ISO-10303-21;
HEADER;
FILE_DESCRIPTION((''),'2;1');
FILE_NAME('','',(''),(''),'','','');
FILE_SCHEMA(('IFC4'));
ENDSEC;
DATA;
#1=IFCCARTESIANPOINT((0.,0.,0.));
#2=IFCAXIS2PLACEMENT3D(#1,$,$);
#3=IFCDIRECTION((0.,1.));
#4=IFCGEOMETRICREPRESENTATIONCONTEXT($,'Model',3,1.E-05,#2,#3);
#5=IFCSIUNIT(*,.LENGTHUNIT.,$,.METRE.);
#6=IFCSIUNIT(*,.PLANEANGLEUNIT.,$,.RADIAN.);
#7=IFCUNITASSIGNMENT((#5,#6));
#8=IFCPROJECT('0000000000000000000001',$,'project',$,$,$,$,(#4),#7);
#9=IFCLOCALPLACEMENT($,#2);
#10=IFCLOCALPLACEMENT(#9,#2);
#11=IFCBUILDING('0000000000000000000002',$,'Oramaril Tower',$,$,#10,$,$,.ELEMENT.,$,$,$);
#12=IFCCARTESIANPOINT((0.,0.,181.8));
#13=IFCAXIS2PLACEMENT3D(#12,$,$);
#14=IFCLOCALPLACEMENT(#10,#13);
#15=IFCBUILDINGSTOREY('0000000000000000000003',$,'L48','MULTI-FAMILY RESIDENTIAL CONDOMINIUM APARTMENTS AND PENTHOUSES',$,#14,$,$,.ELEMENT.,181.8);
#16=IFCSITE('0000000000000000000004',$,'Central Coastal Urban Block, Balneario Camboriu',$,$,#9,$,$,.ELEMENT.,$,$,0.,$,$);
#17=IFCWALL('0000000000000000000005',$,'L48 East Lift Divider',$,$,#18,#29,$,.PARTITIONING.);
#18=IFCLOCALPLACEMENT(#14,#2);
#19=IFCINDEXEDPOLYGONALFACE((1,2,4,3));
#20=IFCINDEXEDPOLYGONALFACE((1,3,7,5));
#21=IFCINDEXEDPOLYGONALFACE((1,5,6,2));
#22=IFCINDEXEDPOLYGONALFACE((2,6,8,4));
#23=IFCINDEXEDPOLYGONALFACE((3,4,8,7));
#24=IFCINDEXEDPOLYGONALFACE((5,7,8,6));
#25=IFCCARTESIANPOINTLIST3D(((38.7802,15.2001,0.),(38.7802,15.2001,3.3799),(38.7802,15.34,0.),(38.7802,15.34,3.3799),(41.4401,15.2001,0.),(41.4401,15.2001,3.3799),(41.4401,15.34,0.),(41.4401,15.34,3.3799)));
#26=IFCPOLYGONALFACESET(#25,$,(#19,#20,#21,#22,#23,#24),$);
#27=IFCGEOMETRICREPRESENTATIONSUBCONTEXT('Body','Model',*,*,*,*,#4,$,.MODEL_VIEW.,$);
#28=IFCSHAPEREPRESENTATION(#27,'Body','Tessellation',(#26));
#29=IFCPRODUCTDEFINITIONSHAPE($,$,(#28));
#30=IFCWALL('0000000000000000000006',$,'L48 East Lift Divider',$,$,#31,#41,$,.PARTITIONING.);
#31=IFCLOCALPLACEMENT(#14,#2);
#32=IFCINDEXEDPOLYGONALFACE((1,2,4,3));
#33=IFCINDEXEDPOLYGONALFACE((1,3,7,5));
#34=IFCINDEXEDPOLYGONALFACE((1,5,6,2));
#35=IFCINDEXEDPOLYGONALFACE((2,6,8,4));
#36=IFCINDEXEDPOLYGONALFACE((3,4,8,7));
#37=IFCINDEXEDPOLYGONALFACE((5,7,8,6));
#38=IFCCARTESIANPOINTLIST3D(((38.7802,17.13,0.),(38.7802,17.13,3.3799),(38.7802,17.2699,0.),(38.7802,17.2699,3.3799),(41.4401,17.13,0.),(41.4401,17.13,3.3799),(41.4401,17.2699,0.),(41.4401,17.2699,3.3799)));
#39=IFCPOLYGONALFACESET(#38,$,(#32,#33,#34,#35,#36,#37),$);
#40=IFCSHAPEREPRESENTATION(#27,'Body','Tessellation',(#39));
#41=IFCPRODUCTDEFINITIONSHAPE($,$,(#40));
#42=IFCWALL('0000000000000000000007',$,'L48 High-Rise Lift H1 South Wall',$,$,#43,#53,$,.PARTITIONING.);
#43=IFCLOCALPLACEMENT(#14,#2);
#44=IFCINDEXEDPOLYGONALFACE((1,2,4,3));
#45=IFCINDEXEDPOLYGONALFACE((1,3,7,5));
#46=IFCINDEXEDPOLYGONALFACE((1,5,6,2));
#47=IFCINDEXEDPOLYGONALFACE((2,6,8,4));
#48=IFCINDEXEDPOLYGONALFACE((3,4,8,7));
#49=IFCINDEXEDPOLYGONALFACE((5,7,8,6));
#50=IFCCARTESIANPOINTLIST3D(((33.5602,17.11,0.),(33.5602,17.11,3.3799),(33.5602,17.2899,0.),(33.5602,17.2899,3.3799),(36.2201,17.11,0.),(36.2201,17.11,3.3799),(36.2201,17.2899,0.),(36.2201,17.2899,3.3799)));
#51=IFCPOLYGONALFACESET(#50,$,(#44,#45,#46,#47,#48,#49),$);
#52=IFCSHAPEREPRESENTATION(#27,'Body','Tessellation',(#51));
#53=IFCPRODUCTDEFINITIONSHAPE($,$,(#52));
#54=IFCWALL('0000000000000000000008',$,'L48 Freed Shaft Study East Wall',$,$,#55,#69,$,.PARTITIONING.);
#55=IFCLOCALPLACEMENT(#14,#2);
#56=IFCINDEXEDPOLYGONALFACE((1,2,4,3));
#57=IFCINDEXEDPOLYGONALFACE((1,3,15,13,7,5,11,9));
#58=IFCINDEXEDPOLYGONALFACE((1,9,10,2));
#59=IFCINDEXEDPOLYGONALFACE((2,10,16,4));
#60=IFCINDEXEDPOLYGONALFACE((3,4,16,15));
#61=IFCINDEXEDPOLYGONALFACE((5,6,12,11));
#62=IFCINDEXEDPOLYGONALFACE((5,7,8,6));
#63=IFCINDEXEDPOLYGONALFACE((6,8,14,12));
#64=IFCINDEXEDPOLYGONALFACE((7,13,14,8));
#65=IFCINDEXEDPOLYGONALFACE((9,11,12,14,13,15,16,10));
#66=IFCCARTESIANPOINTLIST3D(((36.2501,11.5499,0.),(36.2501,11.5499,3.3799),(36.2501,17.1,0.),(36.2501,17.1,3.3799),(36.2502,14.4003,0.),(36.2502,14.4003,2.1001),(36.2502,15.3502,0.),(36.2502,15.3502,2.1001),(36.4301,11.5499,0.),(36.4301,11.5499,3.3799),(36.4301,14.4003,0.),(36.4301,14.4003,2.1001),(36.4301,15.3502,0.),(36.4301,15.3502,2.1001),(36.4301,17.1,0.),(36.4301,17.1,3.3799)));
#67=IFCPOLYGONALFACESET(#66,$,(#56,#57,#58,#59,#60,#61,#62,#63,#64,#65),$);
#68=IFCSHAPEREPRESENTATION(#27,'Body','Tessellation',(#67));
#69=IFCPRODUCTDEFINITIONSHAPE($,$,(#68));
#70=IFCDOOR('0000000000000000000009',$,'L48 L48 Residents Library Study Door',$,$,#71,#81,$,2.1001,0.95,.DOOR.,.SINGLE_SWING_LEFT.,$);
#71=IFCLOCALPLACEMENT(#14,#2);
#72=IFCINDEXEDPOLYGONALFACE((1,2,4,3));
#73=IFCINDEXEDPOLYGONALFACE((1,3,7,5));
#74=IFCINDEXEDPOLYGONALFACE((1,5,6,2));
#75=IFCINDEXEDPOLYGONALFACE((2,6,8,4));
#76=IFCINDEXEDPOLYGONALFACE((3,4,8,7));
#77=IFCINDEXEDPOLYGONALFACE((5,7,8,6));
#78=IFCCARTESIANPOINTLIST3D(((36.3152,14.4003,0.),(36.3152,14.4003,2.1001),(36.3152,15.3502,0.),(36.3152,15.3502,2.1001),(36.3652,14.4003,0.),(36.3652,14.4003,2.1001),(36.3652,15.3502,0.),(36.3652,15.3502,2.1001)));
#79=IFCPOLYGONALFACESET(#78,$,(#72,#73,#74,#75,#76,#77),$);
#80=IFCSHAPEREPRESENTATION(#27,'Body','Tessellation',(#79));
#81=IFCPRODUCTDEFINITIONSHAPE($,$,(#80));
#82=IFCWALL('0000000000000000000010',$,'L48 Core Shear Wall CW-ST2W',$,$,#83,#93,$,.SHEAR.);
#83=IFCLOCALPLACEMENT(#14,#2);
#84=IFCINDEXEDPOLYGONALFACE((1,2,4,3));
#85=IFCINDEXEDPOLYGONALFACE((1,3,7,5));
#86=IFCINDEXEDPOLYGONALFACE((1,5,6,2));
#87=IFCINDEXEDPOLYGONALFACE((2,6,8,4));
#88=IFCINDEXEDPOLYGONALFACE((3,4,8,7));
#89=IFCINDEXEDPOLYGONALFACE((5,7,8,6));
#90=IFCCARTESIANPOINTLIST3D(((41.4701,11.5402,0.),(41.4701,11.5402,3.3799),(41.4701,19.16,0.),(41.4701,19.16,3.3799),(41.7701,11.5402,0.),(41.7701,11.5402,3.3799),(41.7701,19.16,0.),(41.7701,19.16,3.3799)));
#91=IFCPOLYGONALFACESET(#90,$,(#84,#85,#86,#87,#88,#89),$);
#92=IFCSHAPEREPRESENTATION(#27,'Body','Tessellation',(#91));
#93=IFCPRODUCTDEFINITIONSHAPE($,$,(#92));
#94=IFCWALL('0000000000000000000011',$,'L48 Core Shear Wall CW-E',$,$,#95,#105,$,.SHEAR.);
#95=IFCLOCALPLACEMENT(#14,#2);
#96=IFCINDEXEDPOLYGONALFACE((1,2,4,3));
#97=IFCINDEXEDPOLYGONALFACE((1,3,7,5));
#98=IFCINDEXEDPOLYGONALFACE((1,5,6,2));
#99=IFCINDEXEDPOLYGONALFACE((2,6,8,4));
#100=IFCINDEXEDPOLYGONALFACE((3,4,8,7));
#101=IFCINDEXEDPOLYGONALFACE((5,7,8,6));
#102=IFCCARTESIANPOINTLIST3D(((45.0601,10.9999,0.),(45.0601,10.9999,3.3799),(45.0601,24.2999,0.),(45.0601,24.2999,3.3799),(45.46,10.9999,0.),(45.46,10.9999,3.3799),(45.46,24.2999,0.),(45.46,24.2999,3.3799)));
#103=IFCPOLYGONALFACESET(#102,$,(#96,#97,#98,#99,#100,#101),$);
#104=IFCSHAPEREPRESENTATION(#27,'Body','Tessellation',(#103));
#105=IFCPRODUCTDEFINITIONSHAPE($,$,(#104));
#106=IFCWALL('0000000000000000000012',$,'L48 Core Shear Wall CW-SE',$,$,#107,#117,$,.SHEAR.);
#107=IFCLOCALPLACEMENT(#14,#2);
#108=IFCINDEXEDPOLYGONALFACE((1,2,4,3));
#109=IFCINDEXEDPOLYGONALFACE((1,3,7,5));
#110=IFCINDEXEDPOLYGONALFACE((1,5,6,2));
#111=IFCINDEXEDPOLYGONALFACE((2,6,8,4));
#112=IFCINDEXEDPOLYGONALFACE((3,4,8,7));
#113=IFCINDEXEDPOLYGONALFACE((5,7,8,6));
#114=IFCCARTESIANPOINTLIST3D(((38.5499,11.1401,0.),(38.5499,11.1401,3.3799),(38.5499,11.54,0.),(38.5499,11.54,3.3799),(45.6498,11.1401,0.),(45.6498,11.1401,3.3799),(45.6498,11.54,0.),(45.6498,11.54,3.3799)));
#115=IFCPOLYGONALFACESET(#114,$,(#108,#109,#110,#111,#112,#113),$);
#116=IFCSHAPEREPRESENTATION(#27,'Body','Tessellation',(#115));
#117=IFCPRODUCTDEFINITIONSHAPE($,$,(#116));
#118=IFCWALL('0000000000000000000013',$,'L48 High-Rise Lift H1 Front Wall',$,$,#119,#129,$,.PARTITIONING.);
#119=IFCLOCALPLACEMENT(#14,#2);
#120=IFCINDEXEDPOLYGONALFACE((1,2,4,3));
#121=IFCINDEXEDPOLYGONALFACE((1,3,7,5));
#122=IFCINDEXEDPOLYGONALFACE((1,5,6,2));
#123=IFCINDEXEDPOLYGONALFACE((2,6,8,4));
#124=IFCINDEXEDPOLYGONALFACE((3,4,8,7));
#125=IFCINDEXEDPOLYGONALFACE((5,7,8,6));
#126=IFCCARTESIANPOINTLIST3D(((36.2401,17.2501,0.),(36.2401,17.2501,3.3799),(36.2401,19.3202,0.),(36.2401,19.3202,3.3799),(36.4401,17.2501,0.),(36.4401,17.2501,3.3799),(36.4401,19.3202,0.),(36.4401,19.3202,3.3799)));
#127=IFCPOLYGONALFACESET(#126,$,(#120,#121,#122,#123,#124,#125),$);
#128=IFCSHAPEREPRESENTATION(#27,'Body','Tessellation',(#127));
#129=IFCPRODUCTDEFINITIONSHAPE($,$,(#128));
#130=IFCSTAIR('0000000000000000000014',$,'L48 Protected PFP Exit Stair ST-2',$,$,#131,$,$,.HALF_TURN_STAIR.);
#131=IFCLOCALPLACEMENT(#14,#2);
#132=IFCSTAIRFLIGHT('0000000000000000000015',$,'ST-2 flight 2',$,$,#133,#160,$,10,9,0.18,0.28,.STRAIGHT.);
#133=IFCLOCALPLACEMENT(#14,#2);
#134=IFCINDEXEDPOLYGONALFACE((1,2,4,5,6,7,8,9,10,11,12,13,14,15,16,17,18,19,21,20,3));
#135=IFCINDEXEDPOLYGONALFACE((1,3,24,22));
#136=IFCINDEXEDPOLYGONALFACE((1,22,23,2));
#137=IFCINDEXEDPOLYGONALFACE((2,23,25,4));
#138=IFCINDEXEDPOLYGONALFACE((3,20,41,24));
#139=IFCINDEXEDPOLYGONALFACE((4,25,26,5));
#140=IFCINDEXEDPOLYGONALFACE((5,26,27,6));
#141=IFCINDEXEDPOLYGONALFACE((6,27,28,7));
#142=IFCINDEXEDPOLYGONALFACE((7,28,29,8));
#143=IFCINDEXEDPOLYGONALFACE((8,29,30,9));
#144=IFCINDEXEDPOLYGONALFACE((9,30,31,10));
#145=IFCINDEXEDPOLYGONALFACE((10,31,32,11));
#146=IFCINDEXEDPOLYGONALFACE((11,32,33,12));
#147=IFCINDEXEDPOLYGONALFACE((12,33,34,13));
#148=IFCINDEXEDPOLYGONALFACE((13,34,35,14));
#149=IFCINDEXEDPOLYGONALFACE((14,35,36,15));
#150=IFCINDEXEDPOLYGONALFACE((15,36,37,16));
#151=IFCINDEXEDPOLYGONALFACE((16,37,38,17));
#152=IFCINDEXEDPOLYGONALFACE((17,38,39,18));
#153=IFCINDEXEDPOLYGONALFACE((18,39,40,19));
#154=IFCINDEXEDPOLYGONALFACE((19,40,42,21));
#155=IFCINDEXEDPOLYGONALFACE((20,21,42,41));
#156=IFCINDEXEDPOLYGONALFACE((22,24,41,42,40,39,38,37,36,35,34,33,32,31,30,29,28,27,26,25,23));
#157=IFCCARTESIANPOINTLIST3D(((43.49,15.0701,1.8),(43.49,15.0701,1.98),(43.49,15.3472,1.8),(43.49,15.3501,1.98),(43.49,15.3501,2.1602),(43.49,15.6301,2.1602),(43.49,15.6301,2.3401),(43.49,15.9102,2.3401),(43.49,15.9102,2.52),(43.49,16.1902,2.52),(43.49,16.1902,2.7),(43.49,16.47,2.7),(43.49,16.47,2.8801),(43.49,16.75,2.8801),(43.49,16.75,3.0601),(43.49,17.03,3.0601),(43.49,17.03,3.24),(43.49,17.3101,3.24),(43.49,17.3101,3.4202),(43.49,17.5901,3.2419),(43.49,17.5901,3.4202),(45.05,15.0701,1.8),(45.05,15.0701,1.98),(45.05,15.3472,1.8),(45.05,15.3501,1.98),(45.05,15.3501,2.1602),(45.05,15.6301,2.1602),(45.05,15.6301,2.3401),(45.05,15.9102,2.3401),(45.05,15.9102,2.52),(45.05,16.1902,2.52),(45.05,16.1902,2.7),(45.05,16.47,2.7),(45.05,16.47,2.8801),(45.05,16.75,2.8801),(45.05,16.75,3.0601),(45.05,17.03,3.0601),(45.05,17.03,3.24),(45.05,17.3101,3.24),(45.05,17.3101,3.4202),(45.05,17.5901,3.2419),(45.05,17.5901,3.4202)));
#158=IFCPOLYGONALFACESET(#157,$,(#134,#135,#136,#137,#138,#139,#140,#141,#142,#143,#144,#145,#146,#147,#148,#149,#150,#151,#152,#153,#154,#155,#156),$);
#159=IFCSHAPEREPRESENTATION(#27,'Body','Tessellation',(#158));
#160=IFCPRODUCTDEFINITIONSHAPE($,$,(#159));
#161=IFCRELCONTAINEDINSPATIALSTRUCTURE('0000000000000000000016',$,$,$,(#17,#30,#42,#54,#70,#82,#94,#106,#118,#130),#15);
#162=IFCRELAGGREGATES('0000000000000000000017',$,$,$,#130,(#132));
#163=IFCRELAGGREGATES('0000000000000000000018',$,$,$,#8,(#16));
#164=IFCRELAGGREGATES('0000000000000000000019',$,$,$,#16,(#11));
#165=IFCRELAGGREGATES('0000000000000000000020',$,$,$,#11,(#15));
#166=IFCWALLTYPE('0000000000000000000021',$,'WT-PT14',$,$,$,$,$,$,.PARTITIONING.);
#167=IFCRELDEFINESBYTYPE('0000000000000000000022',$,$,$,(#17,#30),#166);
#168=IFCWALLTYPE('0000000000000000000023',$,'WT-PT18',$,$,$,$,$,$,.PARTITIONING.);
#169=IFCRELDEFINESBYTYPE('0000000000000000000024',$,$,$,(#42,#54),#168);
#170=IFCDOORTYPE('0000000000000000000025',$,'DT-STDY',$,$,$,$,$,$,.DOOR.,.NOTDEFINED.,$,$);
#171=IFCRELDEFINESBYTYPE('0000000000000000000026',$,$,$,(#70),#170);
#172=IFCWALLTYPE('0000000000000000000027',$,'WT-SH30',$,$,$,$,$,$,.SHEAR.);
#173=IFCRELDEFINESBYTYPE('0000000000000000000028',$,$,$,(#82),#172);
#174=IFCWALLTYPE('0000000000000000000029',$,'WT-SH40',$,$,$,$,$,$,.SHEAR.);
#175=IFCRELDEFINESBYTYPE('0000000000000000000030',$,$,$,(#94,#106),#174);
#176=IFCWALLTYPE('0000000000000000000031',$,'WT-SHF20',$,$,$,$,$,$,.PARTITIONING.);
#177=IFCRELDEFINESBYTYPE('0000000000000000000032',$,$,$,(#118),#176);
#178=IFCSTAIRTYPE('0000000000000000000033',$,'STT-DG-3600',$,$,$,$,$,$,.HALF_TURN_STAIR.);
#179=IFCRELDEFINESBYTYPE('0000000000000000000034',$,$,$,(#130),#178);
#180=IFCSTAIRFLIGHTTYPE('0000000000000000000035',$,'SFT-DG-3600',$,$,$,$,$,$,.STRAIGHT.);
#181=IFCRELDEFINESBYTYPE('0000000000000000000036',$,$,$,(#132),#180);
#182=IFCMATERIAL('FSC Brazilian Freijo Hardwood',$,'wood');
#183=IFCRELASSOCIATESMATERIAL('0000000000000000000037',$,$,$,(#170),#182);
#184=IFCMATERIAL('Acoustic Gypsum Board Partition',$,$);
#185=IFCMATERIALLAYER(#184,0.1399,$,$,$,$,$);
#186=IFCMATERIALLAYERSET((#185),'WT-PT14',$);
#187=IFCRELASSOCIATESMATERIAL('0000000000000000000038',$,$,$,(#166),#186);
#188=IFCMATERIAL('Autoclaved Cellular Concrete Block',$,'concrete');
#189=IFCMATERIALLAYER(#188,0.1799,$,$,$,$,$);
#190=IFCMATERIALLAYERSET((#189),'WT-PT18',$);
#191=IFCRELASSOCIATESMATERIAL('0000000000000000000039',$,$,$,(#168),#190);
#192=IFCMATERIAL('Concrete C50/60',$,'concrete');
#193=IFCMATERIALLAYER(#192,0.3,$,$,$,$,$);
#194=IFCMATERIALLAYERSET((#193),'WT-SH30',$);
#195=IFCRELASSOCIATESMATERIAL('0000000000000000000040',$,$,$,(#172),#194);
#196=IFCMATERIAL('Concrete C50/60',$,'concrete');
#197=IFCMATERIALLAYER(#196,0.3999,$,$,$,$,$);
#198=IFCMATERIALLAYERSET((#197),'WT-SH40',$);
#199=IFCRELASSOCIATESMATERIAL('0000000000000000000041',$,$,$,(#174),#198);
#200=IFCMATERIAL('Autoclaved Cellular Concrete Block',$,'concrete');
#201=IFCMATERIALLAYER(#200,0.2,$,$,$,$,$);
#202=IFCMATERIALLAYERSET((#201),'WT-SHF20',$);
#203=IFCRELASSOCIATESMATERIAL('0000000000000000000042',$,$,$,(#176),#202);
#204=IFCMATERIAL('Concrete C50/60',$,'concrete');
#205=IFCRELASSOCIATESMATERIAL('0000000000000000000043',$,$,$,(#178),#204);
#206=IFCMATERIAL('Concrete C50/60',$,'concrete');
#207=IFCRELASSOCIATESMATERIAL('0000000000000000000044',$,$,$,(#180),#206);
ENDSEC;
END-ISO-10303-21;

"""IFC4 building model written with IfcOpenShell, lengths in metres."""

from ifc_helpers import new_model, si_unit, direction, frame, frame_2d, origin, place, context, subcontext, project, spatial, polyline, rectangle, outline, extrude, material, layer, layer_set, type_object, element, fill, aggregate, save


model = new_model("IFC4")

# Units and contexts
model_context = context("Model", 3, precision=1e-05, world=origin(), true_north=direction((0.0, 1.0)))
body_context = subcontext(model_context, "Body", "Model", "MODEL_VIEW")
ifc_project = project(units=[si_unit("LENGTHUNIT", "METRE"), si_unit("PLANEANGLEUNIT", "RADIAN")], contexts=[model_context])

# Site, building, storey
site_placement = place(None, origin())
site = spatial("IfcSite", under=ifc_project, at=site_placement, Name="Central Coastal Urban Block, Balneario Camboriu", CompositionType="ELEMENT", RefElevation=0.0)
building_placement = place(site_placement, origin())
building = spatial("IfcBuilding", under=site, at=building_placement, Name="Oramaril Tower", CompositionType="ELEMENT")
storey_placement = place(building_placement, frame((0.0, 0.0, 181.8)))
storey = spatial("IfcBuildingStorey", under=building, at=storey_placement, Name="L48", Description="MULTI-FAMILY RESIDENTIAL CONDOMINIUM APARTMENTS AND PENTHOUSES", CompositionType="ELEMENT", Elevation=181.8)

# Shared definitions
ifc_material_1 = material(Name="FSC Brazilian Freijo Hardwood", Category="wood")
door_type_1 = type_object("IfcDoorType", Name="DT-STDY", OperationType="NOTDEFINED", PredefinedType="DOOR", material=ifc_material_1)

# Walls
ifc_material_2 = material(Name="Acoustic Gypsum Board Partition")
ifc_layer_1 = layer(ifc_material_2, 0.1399)
ifc_layer_set_1 = layer_set([ifc_layer_1], Name="WT-PT14")
wall_type_1 = type_object("IfcWallType", Name="WT-PT14", PredefinedType="PARTITIONING", material=ifc_layer_set_1)
for number, where, z_axis, x_axis, name in (
    (1, (38.78, 15.27, 0.0), (0.0, 0.0, 1.0), (1.0, 0.0, 0.0), "L48 East Lift Divider"),
    (2, (38.78, 17.2, 0.0), (0.0, 0.0, 1.0), (1.0, 0.0, 0.0), "L48 East Lift Divider"),
):
    element("IfcWall", number, at=place(storey_placement, frame(where, z_axis=z_axis, x_axis=x_axis)), inside=storey, type_object=wall_type_1, Name=name, PredefinedType="PARTITIONING", context=body_context, shape_type="SweptSolid", body=[
        extrude(rectangle(XDim=2.6599, YDim=0.1399, at=frame_2d((1.3301, 0.0))), origin(), (0.0, 0.0, 1.0), 3.3799),
    ])
ifc_material_3 = material(Name="Autoclaved Cellular Concrete Block", Category="concrete")
ifc_layer_2 = layer(ifc_material_3, 0.1799)
ifc_layer_set_2 = layer_set([ifc_layer_2], Name="WT-PT18")
wall_type_2 = type_object("IfcWallType", Name="WT-PT18", PredefinedType="PARTITIONING", material=ifc_layer_set_2)
wall_1_placement = place(storey_placement, frame((33.5601, 17.2, 0.0), z_axis=(0.0, 0.0, 1.0), x_axis=(1.0, 0.0, 0.0)))
element("IfcWall", 3, at=wall_1_placement, inside=storey, type_object=wall_type_2, Name="L48 High-Rise Lift H1 South Wall", PredefinedType="PARTITIONING", context=body_context, shape_type="SweptSolid", body=[
    extrude(rectangle(XDim=2.6599, YDim=0.1799, at=frame_2d((1.3301, 0.0))), origin(), (0.0, 0.0, 1.0), 3.3799),
])

# Wall, opening, door
wall_2_placement = place(storey_placement, frame((36.3401, 11.55, 0.0), z_axis=(0.0, 0.0, 1.0), x_axis=(0.0, 1.0, 0.0)))
wall_2 = element("IfcWall", 4, at=wall_2_placement, inside=storey, type_object=wall_type_2, Name="L48 Freed Shaft Study East Wall", PredefinedType="PARTITIONING", context=body_context, shape_type="SweptSolid", body=[
    extrude(rectangle(XDim=5.55, YDim=0.1799, at=frame_2d((2.7749, 0.0))), origin(), (0.0, 0.0, 1.0), 3.3799),
])
opening_1_placement = place(wall_2_placement, frame((2.8501, 0.0, 0.0)))
opening_1 = element("IfcOpeningElement", 5, at=opening_1_placement, cuts=wall_2, PredefinedType="OPENING", context=body_context, shape_type="SweptSolid", body=[
    extrude(rectangle(XDim=0.95, YDim=2.1001, at=frame_2d((0.4751, 1.05))), frame((0.0, 0.0898, 0.0), z_axis=(0.0, -1.0, 0.0), x_axis=(1.0, 0.0, 0.0)), (0.0, 0.0, 1.0), 0.1799),
])
door_1_placement = place(opening_1_placement, origin())
door_1 = element("IfcDoor", 6, at=door_1_placement, inside=storey, type_object=door_type_1, Name="L48 L48 Residents Library Study Door", OperationType="SINGLE_SWING_LEFT", OverallHeight=2.1001, OverallWidth=0.95, PredefinedType="DOOR", context=body_context, shape_type="SweptSolid", body=[
    extrude(rectangle(XDim=0.95, YDim=2.1001, at=frame_2d((0.4751, 1.05))), frame((0.0, 0.0249, 0.0), z_axis=(0.0, -1.0, 0.0), x_axis=(1.0, 0.0, 0.0)), (0.0, 0.0, 1.0), 0.05),
])
fill(opening_1, door_1)

# Walls
ifc_material_4 = material(Name="Concrete C50/60", Category="concrete")
ifc_layer_3 = layer(ifc_material_4, 0.3)
ifc_layer_set_3 = layer_set([ifc_layer_3], Name="WT-SH30")
wall_type_3 = type_object("IfcWallType", Name="WT-SH30", PredefinedType="SHEAR", material=ifc_layer_set_3)
wall_3_placement = place(storey_placement, frame((41.6201, 11.54, 0.0), z_axis=(0.0, 0.0, 1.0), x_axis=(0.0, 1.0, 0.0)))
element("IfcWall", 7, at=wall_3_placement, inside=storey, type_object=wall_type_3, Name="L48 Core Shear Wall CW-ST2W", PredefinedType="SHEAR", context=body_context, shape_type="SweptSolid", body=[
    extrude(rectangle(XDim=7.6199, YDim=0.3, at=frame_2d((3.8101, 0.0))), origin(), (0.0, 0.0, 1.0), 3.3799),
])
ifc_material_5 = material(Name="Concrete C50/60", Category="concrete")
ifc_layer_4 = layer(ifc_material_5, 0.3999)
ifc_layer_set_4 = layer_set([ifc_layer_4], Name="WT-SH40")
wall_type_4 = type_object("IfcWallType", Name="WT-SH40", PredefinedType="SHEAR", material=ifc_layer_set_4)
wall_4_placement = place(storey_placement, frame((45.26, 11.0, 0.0), z_axis=(0.0, 0.0, 1.0), x_axis=(0.0, 1.0, 0.0)))
element("IfcWall", 8, at=wall_4_placement, inside=storey, type_object=wall_type_4, Name="L48 Core Shear Wall CW-E", PredefinedType="SHEAR", context=body_context, shape_type="SweptSolid", body=[
    extrude(rectangle(XDim=13.3, YDim=0.3999, at=frame_2d((6.6499, 0.0))), origin(), (0.0, 0.0, 1.0), 3.3799),
])
wall_5_placement = place(storey_placement, frame((38.55, 11.3401, 0.0), z_axis=(0.0, 0.0, 1.0), x_axis=(1.0, 0.0, 0.0)))
element("IfcWall", 9, at=wall_5_placement, inside=storey, type_object=wall_type_4, Name="L48 Core Shear Wall CW-SE", PredefinedType="SHEAR", context=body_context, shape_type="SweptSolid", body=[
    extrude(rectangle(XDim=7.0999, YDim=0.3999, at=frame_2d((3.5498, 0.0))), origin(), (0.0, 0.0, 1.0), 3.3799),
])
ifc_material_6 = material(Name="Autoclaved Cellular Concrete Block", Category="concrete")
ifc_layer_5 = layer(ifc_material_6, 0.2)
ifc_layer_set_5 = layer_set([ifc_layer_5], Name="WT-SHF20")
wall_type_5 = type_object("IfcWallType", Name="WT-SHF20", PredefinedType="PARTITIONING", material=ifc_layer_set_5)
wall_6_placement = place(storey_placement, frame((36.3401, 17.25, 0.0), z_axis=(0.0, 0.0, 1.0), x_axis=(0.0, 1.0, 0.0)))
element("IfcWall", 10, at=wall_6_placement, inside=storey, type_object=wall_type_5, Name="L48 High-Rise Lift H1 Front Wall", PredefinedType="PARTITIONING", context=body_context, shape_type="SweptSolid", body=[
    extrude(rectangle(XDim=2.0701, YDim=0.2, at=frame_2d((1.0352, 0.0))), origin(), (0.0, 0.0, 1.0), 3.3799),
])

# Stair, stair flight
ifc_material_7 = material(Name="Concrete C50/60", Category="concrete")
stair_type = type_object("IfcStairType", Name="STT-DG-3600", PredefinedType="HALF_TURN_STAIR", material=ifc_material_7)
stair_placement = place(storey_placement, origin())
stair = element("IfcStair", 11, at=stair_placement, inside=storey, type_object=stair_type, Name="L48 Protected PFP Exit Stair ST-2", PredefinedType="HALF_TURN_STAIR")
ifc_material_8 = material(Name="Concrete C50/60", Category="concrete")
stair_flight_type = type_object("IfcStairFlightType", Name="SFT-DG-3600", PredefinedType="STRAIGHT", material=ifc_material_8)
stair_flight_placement = place(storey_placement, frame((44.27, 15.0701, 1.8), z_axis=(0.0, 0.0, 1.0), x_axis=(0.0, 1.0, 0.0)))
stair_flight = element("IfcStairFlight", 12, at=stair_flight_placement, type_object=stair_flight_type, Name="ST-2 flight 2", NumberOfRisers=10, NumberOfTreads=9, PredefinedType="STRAIGHT", RiserHeight=0.18, TreadLength=0.28, context=body_context, shape_type="SweptSolid", body=[
    extrude(outline(polyline([(0.0, 0.0), (0.0, 0.1799), (0.28, 0.1799), (0.28, 0.3601), (0.5601, 0.3601), (0.5601, 0.54), (0.8401, 0.54), (0.8401, 0.72), (1.1201, 0.72), (1.1201, 0.8999), (1.3999, 0.8999), (1.3999, 1.0801), (1.6799, 1.0801), (1.6799, 1.26), (1.96, 1.26), (1.96, 1.4399), (2.24, 1.4399), (2.24, 1.6201), (2.52, 1.6201), (2.52, 1.8), (2.52, 1.4419), (0.2771, 0.0), (0.0, 0.0)])), frame((0.0, 0.78, 0.0), z_axis=(0.0, -1.0, 0.0), x_axis=(1.0, 0.0, 0.0)), (0.0, 0.0, 1.0), 1.5601),
])
aggregate(stair, [stair_flight])

save(model, "model.ifc")
